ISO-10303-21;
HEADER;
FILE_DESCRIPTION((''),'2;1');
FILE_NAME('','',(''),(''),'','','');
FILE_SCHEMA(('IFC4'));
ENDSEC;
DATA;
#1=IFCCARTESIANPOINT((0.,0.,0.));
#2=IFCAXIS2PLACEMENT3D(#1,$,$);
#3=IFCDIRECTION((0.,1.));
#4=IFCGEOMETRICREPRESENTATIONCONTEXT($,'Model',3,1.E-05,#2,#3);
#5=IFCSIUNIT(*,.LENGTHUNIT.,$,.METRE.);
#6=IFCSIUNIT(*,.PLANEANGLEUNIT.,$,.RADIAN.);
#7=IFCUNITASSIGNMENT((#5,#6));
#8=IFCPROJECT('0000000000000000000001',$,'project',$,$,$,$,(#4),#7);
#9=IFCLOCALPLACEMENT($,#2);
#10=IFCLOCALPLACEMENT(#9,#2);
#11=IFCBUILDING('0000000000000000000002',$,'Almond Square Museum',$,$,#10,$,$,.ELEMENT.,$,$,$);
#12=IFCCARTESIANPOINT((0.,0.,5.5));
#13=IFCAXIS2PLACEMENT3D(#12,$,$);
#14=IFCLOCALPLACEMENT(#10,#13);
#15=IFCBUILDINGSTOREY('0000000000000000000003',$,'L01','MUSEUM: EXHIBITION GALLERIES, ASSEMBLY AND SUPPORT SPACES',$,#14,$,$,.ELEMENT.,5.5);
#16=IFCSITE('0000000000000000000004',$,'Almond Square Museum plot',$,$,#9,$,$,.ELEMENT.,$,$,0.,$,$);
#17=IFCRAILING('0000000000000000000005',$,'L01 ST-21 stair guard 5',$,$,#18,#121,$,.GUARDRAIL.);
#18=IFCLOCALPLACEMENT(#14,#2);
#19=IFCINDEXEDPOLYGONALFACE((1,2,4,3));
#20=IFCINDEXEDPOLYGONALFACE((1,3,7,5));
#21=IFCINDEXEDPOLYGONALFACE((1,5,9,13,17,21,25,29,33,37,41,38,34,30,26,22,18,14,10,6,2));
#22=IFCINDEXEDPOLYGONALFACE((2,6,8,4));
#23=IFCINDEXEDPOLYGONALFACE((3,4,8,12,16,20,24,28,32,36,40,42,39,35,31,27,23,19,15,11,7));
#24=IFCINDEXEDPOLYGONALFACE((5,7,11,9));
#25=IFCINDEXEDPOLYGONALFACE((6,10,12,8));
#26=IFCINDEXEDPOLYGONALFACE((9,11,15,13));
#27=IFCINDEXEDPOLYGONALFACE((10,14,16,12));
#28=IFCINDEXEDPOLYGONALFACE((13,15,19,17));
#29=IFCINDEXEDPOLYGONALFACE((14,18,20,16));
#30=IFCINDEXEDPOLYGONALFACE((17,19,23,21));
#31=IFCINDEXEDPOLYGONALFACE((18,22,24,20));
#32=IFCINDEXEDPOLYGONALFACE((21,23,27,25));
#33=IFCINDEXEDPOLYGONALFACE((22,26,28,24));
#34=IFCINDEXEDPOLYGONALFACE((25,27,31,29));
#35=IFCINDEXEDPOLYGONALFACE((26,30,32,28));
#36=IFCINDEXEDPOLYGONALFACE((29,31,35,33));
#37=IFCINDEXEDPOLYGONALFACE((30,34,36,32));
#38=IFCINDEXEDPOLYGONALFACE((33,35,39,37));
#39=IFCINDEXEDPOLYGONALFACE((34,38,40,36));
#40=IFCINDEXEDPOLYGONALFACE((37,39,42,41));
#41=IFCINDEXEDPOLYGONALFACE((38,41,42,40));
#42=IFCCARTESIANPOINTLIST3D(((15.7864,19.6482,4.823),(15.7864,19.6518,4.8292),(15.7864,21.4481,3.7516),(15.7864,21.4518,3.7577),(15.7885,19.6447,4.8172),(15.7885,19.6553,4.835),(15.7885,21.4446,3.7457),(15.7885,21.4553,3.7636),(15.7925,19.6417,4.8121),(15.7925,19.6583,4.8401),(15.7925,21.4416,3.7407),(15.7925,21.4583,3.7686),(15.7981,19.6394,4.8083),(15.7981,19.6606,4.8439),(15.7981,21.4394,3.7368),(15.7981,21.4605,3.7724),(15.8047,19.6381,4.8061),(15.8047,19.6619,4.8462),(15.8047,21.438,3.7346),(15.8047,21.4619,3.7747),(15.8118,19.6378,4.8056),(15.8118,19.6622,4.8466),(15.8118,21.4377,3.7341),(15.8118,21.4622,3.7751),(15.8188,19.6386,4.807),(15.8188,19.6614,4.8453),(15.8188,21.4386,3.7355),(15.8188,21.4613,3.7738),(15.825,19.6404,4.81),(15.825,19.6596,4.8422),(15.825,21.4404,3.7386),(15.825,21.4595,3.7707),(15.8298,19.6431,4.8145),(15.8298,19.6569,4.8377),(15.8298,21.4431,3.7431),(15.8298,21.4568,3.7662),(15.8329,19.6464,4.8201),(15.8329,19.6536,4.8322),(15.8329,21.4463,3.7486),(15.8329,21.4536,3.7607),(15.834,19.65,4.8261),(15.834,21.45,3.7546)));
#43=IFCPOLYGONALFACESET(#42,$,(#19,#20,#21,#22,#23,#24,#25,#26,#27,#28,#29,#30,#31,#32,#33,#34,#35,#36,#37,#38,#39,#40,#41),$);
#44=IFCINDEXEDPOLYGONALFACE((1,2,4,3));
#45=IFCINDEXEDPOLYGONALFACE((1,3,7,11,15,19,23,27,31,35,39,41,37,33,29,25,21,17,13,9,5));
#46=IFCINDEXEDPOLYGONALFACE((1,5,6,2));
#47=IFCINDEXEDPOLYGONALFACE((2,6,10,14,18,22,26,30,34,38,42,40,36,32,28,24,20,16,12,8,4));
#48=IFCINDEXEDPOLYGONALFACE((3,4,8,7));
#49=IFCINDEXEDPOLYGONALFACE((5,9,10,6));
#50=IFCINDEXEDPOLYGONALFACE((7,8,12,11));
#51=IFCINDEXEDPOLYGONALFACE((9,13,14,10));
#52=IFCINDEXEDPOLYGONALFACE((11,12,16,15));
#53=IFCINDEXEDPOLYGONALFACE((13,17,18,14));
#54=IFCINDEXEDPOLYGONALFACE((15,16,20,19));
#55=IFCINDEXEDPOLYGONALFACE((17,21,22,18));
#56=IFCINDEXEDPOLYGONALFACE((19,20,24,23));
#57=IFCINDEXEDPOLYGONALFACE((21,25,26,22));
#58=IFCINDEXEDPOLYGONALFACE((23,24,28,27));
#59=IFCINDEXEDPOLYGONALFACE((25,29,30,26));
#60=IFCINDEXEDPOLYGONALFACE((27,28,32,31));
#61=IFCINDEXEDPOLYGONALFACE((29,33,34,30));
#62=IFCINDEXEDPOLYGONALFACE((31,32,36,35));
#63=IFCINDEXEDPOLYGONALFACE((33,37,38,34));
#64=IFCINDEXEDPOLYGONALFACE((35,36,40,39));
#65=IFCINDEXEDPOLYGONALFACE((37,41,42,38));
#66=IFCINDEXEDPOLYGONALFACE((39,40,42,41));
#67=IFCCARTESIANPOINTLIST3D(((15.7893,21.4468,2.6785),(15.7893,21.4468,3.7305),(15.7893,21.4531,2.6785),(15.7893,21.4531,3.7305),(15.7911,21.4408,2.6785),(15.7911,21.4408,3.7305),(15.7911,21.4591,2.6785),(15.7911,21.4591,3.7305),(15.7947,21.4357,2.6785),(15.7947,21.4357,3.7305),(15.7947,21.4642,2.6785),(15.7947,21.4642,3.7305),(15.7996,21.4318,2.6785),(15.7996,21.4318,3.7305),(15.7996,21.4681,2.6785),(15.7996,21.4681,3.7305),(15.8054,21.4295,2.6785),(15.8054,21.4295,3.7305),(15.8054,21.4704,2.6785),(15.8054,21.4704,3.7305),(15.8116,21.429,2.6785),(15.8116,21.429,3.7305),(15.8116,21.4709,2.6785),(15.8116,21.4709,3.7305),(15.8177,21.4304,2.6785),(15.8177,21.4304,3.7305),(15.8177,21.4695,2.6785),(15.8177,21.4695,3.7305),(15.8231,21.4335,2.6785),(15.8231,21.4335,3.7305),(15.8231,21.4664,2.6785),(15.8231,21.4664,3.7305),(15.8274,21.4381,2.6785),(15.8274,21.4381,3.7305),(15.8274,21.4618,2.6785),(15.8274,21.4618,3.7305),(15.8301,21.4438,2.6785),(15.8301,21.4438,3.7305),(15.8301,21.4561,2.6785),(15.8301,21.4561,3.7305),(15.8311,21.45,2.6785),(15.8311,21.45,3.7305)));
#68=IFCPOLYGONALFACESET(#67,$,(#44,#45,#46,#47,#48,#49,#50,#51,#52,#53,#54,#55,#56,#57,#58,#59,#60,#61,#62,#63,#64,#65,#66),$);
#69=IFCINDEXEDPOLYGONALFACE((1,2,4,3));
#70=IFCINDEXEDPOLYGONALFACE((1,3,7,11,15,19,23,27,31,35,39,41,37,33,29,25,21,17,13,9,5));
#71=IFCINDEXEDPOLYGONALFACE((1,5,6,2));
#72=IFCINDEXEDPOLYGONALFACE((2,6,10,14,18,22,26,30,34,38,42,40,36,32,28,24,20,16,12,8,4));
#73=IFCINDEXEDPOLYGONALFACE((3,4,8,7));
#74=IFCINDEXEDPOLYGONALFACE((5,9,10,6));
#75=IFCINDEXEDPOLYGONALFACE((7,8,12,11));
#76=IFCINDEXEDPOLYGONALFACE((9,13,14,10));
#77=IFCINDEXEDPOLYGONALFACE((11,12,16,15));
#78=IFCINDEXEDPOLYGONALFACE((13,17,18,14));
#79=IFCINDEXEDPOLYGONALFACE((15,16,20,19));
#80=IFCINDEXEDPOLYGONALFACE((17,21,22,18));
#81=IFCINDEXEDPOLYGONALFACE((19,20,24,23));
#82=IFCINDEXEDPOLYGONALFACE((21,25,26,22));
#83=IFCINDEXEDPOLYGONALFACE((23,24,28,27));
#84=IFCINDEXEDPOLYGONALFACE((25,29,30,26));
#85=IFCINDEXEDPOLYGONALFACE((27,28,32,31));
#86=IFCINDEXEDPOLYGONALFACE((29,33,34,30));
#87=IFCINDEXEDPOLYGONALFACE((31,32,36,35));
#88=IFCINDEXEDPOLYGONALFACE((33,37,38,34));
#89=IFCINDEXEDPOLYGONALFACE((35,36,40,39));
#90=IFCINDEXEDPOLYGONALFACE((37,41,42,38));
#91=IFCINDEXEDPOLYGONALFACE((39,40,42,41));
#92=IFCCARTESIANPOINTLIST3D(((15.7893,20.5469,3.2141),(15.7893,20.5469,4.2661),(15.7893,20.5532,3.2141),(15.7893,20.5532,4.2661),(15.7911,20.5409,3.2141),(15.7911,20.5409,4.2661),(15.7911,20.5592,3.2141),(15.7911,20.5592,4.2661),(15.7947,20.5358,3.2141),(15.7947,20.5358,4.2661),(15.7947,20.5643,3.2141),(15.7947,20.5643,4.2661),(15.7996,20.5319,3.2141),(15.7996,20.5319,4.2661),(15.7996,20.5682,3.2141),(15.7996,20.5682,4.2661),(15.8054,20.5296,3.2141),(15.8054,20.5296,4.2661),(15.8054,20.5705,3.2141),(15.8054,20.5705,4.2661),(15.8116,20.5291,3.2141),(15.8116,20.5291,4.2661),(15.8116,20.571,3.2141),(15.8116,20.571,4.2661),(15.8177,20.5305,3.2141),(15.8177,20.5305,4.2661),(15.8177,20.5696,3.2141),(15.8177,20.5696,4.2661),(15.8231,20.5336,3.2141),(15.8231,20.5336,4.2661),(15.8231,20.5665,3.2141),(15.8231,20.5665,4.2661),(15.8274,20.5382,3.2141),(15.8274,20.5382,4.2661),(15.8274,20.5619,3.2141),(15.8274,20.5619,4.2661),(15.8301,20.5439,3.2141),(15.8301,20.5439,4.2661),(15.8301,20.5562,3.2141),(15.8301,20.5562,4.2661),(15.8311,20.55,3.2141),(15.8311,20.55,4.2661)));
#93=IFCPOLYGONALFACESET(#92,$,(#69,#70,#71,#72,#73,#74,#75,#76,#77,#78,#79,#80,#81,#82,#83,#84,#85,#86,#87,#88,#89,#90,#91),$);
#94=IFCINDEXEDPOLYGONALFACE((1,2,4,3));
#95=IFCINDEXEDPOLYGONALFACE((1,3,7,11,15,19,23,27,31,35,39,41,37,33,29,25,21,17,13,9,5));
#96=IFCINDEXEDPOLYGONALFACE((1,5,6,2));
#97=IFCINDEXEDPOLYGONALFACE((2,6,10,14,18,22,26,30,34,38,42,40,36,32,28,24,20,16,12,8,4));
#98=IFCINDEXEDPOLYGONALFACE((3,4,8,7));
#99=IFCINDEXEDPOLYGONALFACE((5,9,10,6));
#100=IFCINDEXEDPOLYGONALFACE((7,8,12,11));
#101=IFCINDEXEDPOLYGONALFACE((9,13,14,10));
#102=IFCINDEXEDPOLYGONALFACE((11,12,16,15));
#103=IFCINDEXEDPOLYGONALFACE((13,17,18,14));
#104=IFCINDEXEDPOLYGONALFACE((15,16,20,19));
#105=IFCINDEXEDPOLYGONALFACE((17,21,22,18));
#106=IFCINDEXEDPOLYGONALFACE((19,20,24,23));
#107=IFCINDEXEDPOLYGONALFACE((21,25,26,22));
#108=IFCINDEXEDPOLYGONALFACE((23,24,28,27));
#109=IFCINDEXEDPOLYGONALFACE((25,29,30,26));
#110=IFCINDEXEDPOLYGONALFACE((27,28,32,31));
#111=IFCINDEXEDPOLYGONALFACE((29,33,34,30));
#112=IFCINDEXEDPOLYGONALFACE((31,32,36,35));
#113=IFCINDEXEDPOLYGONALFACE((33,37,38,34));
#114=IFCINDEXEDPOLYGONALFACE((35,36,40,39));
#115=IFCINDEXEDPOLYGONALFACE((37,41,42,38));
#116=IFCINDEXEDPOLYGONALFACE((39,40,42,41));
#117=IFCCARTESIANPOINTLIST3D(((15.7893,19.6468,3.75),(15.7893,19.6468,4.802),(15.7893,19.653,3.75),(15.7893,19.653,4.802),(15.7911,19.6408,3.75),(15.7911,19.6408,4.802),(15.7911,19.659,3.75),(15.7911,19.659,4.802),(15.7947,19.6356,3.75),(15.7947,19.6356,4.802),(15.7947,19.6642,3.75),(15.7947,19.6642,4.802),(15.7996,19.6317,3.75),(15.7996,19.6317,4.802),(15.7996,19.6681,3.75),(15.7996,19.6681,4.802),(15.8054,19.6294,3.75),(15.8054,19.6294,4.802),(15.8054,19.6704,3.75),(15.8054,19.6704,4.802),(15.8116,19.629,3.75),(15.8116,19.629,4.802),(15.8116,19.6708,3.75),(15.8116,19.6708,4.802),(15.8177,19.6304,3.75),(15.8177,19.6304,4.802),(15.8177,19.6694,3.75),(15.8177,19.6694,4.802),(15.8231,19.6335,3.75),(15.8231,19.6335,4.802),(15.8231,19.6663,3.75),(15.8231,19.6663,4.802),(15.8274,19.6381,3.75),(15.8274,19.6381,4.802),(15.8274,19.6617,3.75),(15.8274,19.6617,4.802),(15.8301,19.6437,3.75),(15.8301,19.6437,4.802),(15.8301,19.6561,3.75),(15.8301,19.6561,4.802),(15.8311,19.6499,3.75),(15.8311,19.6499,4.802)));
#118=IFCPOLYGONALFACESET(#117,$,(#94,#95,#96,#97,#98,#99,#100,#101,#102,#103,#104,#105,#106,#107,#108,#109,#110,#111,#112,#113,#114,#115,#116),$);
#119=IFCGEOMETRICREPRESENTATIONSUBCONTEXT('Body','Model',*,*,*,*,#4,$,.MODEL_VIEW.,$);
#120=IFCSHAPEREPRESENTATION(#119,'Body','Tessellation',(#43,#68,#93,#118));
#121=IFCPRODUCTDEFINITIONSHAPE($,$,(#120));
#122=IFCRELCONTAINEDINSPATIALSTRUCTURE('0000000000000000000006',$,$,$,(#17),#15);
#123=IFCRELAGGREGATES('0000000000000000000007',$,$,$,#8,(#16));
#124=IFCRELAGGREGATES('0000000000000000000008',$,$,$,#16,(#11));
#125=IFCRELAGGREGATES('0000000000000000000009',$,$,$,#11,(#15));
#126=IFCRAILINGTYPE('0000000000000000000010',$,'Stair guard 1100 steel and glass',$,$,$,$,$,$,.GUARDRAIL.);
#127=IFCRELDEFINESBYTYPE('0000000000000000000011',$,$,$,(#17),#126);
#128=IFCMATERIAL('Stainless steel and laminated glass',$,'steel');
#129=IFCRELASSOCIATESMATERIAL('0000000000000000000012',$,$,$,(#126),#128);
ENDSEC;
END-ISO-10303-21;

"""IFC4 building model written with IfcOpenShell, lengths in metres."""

from ifc_helpers import new_model, si_unit, direction, frame, origin, origin_2d, place, context, subcontext, project, spatial, circle, extrude, material, type_object, element, save


model = new_model("IFC4")

# Units and contexts
model_context = context("Model", 3, precision=1e-05, world=origin(), true_north=direction((0.0, 1.0)))
body_context = subcontext(model_context, "Body", "Model", "MODEL_VIEW")
ifc_project = project(units=[si_unit("LENGTHUNIT", "METRE"), si_unit("PLANEANGLEUNIT", "RADIAN")], contexts=[model_context])

# Site, building, storey
site_placement = place(None, origin())
site = spatial("IfcSite", under=ifc_project, at=site_placement, Name="Almond Square Museum plot", CompositionType="ELEMENT", RefElevation=0.0)
building_placement = place(site_placement, origin())
building = spatial("IfcBuilding", under=site, at=building_placement, Name="Almond Square Museum", CompositionType="ELEMENT")
storey_placement = place(building_placement, frame((0.0, 0.0, 5.5)))
storey = spatial("IfcBuildingStorey", under=building, at=storey_placement, Name="L01", Description="MUSEUM: EXHIBITION GALLERIES, ASSEMBLY AND SUPPORT SPACES", CompositionType="ELEMENT", Elevation=5.5)

# Railing
ifc_material_1 = material(Name="Stainless steel and laminated glass", Category="steel")
railing_type_1 = type_object("IfcRailingType", Name="Stair guard 1100 steel and glass", PredefinedType="GUARDRAIL", material=ifc_material_1)
railing_1_placement = place(storey_placement, frame((15.8101, 21.45, 2.6785)))
element("IfcRailing", 1, at=railing_1_placement, inside=storey, type_object=railing_type_1, Name="L01 ST-21 stair guard 5", PredefinedType="GUARDRAIL", context=body_context, shape_type="SweptSolid", body=[
    extrude(circle(Radius=0.0239, at=origin_2d()), frame((0.0, 0.0, 1.0762), z_axis=(0.0, -0.859277, 0.51151), x_axis=(1.0, 0.0, 0.0)), (0.0, 0.0, 1.0), 2.0947),
    extrude(circle(Radius=0.021, at=origin_2d()), origin(), (0.0, 0.0, 1.0), 1.052),
    extrude(circle(Radius=0.021, at=origin_2d()), frame((0.0, -0.8999, 0.5356)), (0.0, 0.0, 1.0), 1.052),
    extrude(circle(Radius=0.021, at=origin_2d()), frame((0.0, -1.8, 1.0715)), (0.0, 0.0, 1.0), 1.052),
])

save(model, "model.ifc")
